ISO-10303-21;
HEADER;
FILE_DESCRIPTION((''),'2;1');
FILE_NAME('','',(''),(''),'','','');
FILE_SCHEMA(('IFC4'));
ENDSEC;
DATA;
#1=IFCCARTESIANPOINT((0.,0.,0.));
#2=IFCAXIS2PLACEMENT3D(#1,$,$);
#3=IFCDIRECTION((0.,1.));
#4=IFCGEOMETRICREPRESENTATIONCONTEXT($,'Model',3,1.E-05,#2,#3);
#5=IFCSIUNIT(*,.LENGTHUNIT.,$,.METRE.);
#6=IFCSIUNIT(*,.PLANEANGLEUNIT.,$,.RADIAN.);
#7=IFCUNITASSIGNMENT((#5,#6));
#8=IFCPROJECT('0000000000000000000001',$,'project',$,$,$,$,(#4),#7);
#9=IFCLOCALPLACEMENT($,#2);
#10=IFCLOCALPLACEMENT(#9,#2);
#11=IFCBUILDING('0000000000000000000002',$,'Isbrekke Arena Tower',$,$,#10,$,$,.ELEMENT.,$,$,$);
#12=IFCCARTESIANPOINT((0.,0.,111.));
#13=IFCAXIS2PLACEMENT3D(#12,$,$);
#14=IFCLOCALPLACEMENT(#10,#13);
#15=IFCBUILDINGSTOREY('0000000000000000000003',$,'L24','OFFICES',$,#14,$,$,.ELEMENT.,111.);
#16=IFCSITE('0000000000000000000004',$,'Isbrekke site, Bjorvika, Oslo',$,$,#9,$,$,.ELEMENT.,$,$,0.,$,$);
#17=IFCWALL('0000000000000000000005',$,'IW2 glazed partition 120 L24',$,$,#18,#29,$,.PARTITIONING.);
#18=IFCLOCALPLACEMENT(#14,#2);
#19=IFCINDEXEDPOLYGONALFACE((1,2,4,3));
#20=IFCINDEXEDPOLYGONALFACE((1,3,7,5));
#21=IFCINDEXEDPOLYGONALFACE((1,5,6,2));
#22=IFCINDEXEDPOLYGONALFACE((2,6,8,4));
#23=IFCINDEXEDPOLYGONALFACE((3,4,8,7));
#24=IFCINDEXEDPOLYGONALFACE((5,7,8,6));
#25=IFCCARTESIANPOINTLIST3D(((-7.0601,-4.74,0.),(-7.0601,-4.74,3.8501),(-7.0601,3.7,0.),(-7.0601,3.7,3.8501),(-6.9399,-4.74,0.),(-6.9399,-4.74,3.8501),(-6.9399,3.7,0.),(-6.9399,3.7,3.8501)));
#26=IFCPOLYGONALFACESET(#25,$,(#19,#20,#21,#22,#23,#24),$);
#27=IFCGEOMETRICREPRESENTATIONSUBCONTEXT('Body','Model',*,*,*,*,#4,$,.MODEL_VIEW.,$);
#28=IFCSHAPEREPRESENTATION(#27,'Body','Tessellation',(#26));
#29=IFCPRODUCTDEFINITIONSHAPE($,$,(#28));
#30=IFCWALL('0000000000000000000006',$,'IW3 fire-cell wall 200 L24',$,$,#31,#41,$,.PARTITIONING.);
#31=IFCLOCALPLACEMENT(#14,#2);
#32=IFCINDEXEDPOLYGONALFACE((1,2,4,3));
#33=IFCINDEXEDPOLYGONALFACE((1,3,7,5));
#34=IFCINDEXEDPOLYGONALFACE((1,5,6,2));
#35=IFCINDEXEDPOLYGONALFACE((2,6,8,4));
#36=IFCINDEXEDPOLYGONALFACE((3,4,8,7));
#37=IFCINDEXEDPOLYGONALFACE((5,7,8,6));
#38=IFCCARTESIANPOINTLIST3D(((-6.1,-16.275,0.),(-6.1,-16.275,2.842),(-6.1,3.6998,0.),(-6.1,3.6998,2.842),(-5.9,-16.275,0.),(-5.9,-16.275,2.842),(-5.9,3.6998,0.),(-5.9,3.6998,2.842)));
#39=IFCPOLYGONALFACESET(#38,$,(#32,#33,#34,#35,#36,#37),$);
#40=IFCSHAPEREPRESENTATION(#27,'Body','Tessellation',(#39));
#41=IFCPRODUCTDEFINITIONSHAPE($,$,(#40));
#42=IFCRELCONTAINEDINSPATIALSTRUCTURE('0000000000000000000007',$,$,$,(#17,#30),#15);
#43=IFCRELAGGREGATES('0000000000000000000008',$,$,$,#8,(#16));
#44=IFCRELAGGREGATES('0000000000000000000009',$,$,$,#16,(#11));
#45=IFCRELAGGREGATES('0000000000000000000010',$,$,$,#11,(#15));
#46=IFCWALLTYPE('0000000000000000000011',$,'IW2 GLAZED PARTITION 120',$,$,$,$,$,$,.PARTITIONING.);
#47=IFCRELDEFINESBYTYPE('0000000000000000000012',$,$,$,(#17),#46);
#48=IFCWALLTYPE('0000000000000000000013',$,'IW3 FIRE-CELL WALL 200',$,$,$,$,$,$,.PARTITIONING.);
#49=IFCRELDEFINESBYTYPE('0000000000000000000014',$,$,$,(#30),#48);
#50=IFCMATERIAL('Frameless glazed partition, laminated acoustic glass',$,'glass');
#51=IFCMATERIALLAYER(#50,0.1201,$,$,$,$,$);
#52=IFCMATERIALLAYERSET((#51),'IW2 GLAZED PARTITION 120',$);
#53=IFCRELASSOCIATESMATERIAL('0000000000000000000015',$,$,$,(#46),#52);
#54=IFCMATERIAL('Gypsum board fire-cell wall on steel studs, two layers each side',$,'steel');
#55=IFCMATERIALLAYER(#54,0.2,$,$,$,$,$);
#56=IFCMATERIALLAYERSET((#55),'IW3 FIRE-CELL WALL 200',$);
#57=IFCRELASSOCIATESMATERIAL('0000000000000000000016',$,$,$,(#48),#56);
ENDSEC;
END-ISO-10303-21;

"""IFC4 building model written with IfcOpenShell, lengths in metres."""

from ifc_helpers import new_model, si_unit, direction, frame, frame_2d, origin, place, context, subcontext, project, spatial, rectangle, extrude, material, layer, layer_set, type_object, element, save


model = new_model("IFC4")

# Units and contexts
model_context = context("Model", 3, precision=1e-05, world=origin(), true_north=direction((0.0, 1.0)))
body_context = subcontext(model_context, "Body", "Model", "MODEL_VIEW")
ifc_project = project(units=[si_unit("LENGTHUNIT", "METRE"), si_unit("PLANEANGLEUNIT", "RADIAN")], contexts=[model_context])

# Site, building, storey
site_placement = place(None, origin())
site = spatial("IfcSite", under=ifc_project, at=site_placement, Name="Isbrekke site, Bjorvika, Oslo", CompositionType="ELEMENT", RefElevation=0.0)
building_placement = place(site_placement, origin())
building = spatial("IfcBuilding", under=site, at=building_placement, Name="Isbrekke Arena Tower", CompositionType="ELEMENT")
storey_placement = place(building_placement, frame((0.0, 0.0, 111.0)))
storey = spatial("IfcBuildingStorey", under=building, at=storey_placement, Name="L24", Description="OFFICES", CompositionType="ELEMENT", Elevation=111.0)

# Walls
ifc_material_1 = material(Name="Frameless glazed partition, laminated acoustic glass", Category="glass")
ifc_layer_1 = layer(ifc_material_1, 0.1201)
ifc_layer_set_1 = layer_set([ifc_layer_1], Name="IW2 GLAZED PARTITION 120")
wall_type_1 = type_object("IfcWallType", Name="IW2 GLAZED PARTITION 120", PredefinedType="PARTITIONING", material=ifc_layer_set_1)
wall_1_placement = place(storey_placement, frame((-7.0, -4.74, 0.0), z_axis=(0.0, 0.0, 1.0), x_axis=(0.0, 1.0, 0.0)))
element("IfcWall", 1, at=wall_1_placement, inside=storey, type_object=wall_type_1, Name="IW2 glazed partition 120 L24", PredefinedType="PARTITIONING", context=body_context, shape_type="SweptSolid", body=[
    extrude(rectangle(XDim=8.4399, YDim=0.1201, at=frame_2d((4.22, 0.0))), origin(), (0.0, 0.0, 1.0), 3.8501),
])
ifc_material_2 = material(Name="Gypsum board fire-cell wall on steel studs, two layers each side", Category="steel")
ifc_layer_2 = layer(ifc_material_2, 0.2)
ifc_layer_set_2 = layer_set([ifc_layer_2], Name="IW3 FIRE-CELL WALL 200")
wall_type_2 = type_object("IfcWallType", Name="IW3 FIRE-CELL WALL 200", PredefinedType="PARTITIONING", material=ifc_layer_set_2)
wall_2_placement = place(storey_placement, frame((-6.0, -16.2749, 0.0), z_axis=(0.0, 0.0, 1.0), x_axis=(0.0, 1.0, 0.0)))
element("IfcWall", 2, at=wall_2_placement, inside=storey, type_object=wall_type_2, Name="IW3 fire-cell wall 200 L24", PredefinedType="PARTITIONING", context=body_context, shape_type="SweptSolid", body=[
    extrude(rectangle(XDim=19.9749, YDim=0.2, at=frame_2d((9.9873, 0.0))), origin(), (0.0, 0.0, 1.0), 2.842),
])

save(model, "model.ifc")
